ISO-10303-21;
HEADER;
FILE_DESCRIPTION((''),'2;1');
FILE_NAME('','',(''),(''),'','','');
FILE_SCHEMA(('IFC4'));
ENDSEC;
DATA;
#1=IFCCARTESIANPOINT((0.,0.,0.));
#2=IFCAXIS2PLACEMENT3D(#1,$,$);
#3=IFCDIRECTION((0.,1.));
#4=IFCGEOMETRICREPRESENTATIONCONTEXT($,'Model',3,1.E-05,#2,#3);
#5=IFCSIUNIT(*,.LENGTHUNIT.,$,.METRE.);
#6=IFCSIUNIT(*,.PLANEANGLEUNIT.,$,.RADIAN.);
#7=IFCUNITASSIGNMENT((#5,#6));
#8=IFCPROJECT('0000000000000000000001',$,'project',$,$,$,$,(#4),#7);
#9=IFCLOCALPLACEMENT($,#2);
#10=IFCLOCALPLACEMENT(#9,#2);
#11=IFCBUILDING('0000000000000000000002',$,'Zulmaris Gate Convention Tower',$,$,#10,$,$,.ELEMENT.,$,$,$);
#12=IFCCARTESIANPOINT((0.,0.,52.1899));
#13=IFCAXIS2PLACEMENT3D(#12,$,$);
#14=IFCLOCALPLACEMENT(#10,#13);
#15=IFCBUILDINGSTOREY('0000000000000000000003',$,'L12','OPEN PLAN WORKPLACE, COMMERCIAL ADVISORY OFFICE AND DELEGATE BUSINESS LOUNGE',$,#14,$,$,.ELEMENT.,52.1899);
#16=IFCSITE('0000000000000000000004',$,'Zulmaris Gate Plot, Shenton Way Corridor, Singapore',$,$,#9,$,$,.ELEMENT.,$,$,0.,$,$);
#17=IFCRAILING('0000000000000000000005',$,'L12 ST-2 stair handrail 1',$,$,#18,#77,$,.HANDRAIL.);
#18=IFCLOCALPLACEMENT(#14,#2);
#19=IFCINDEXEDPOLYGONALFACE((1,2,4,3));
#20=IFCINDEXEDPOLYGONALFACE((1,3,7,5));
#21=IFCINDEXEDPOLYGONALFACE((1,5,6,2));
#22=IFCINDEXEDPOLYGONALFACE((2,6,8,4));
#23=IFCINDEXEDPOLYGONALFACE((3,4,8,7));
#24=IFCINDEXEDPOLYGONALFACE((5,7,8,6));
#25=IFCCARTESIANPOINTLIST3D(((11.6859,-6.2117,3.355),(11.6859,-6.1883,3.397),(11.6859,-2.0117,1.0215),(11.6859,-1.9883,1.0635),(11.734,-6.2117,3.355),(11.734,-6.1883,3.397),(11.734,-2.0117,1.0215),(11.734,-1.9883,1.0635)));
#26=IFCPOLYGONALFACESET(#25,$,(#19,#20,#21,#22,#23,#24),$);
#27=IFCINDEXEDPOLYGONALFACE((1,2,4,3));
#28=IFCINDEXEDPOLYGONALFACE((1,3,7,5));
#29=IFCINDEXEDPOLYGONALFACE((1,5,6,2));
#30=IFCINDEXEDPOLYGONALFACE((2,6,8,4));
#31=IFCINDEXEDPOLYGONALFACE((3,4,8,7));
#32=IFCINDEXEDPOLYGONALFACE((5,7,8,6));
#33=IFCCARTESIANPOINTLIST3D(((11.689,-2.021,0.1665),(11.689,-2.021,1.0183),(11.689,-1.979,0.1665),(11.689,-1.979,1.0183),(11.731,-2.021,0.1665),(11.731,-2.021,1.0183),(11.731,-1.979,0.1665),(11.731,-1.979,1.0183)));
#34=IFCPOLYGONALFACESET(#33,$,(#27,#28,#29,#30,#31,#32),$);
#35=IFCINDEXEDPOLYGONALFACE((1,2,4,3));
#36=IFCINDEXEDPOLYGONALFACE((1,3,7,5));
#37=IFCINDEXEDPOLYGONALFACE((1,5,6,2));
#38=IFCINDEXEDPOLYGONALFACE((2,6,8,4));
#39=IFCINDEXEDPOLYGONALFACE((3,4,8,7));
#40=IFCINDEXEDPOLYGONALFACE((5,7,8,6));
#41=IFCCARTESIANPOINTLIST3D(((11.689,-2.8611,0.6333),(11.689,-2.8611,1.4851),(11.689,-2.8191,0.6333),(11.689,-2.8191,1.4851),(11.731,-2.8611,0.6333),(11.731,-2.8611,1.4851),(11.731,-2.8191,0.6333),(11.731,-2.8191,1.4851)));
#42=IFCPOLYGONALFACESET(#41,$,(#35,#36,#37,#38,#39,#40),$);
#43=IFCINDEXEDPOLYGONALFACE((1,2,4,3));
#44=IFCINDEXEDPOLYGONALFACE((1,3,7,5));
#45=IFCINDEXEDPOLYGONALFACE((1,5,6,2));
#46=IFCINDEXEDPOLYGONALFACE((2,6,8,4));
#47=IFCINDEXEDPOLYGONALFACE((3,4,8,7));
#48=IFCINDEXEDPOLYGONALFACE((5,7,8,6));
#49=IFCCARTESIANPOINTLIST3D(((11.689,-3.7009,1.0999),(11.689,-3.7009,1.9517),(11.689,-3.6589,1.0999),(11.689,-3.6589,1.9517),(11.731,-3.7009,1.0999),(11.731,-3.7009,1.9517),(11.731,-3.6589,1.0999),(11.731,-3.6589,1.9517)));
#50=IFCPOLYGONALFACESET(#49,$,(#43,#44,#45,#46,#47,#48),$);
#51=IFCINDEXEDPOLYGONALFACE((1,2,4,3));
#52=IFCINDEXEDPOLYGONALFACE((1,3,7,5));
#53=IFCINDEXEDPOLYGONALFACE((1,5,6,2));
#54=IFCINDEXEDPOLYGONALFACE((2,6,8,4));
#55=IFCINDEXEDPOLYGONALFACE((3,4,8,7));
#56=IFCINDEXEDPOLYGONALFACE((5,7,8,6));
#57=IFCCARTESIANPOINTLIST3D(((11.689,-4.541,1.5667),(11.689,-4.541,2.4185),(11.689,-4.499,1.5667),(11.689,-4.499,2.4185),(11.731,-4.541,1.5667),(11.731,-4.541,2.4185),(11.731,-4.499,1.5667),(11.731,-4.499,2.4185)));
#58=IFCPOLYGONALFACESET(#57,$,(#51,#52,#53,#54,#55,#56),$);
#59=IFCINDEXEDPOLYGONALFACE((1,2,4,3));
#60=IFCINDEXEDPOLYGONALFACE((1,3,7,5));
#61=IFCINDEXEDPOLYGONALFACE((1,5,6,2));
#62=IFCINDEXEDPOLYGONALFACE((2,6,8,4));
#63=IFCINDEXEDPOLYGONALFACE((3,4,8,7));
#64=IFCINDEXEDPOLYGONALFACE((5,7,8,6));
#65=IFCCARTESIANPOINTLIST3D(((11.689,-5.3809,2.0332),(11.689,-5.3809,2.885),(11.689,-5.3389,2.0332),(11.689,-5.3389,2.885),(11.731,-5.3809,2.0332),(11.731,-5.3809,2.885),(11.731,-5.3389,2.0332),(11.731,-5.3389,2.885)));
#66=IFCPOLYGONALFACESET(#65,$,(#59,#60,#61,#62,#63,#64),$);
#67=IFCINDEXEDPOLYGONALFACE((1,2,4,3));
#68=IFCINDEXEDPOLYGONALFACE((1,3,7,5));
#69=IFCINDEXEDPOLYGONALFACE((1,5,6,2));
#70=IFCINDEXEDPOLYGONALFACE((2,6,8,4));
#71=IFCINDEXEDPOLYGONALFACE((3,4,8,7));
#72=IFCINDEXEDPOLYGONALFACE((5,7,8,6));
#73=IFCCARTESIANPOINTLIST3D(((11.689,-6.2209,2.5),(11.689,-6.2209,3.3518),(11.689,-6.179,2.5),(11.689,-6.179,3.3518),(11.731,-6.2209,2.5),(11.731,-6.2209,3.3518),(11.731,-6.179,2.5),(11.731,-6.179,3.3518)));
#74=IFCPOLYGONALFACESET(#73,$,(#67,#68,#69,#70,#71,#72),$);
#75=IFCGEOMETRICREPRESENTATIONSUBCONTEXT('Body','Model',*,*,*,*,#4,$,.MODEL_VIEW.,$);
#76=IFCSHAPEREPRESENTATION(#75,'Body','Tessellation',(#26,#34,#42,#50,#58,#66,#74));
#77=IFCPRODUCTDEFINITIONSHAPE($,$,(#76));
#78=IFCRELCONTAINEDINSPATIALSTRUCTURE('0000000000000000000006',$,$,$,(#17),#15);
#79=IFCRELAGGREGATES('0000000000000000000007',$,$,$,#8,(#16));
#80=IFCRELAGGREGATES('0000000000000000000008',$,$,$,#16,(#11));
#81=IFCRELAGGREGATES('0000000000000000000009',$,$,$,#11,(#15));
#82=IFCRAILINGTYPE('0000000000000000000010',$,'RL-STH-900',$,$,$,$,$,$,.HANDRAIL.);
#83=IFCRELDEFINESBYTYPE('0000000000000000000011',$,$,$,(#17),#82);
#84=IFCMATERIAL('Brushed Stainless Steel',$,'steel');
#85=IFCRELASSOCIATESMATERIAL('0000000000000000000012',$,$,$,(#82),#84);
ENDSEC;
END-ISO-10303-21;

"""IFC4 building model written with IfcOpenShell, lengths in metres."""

from ifc_helpers import new_model, si_unit, direction, frame, origin, origin_2d, place, context, subcontext, project, spatial, rectangle, extrude, material, type_object, element, save


model = new_model("IFC4")

# Units and contexts
model_context = context("Model", 3, precision=1e-05, world=origin(), true_north=direction((0.0, 1.0)))
body_context = subcontext(model_context, "Body", "Model", "MODEL_VIEW")
ifc_project = project(units=[si_unit("LENGTHUNIT", "METRE"), si_unit("PLANEANGLEUNIT", "RADIAN")], contexts=[model_context])

# Site, building, storey
site_placement = place(None, origin())
site = spatial("IfcSite", under=ifc_project, at=site_placement, Name="Zulmaris Gate Plot, Shenton Way Corridor, Singapore", CompositionType="ELEMENT", RefElevation=0.0)
building_placement = place(site_placement, origin())
building = spatial("IfcBuilding", under=site, at=building_placement, Name="Zulmaris Gate Convention Tower", CompositionType="ELEMENT")
storey_placement = place(building_placement, frame((0.0, 0.0, 52.1899)))
storey = spatial("IfcBuildingStorey", under=building, at=storey_placement, Name="L12", Description="OPEN PLAN WORKPLACE, COMMERCIAL ADVISORY OFFICE AND DELEGATE BUSINESS LOUNGE", CompositionType="ELEMENT", Elevation=52.1899)

# Railing
ifc_material_1 = material(Name="Brushed Stainless Steel", Category="steel")
railing_type = type_object("IfcRailingType", Name="RL-STH-900", PredefinedType="HANDRAIL", material=ifc_material_1)
railing_placement = place(storey_placement, frame((11.71, -2.0, 0.1665)))
element("IfcRailing", 1, at=railing_placement, inside=storey, type_object=railing_type, Name="L12 ST-2 stair handrail 1", PredefinedType="HANDRAIL", context=body_context, shape_type="SweptSolid", body=[
    extrude(rectangle(XDim=0.0481, YDim=0.0481, at=origin_2d()), frame((0.0, 0.0, 0.876), z_axis=(0.0, -0.87414, 0.485673), x_axis=(1.0, 0.0, 0.0)), (0.0, 0.0, 1.0), 4.8047),
    extrude(rectangle(XDim=0.042, YDim=0.042, at=origin_2d()), origin(), (0.0, 0.0, 1.0), 0.8518),
    extrude(rectangle(XDim=0.042, YDim=0.042, at=origin_2d()), frame((0.0, -0.8401, 0.4668)), (0.0, 0.0, 1.0), 0.8518),
    extrude(rectangle(XDim=0.042, YDim=0.042, at=origin_2d()), frame((0.0, -1.6799, 0.9333)), (0.0, 0.0, 1.0), 0.8518),
    extrude(rectangle(XDim=0.042, YDim=0.042, at=origin_2d()), frame((0.0, -2.52, 1.4001)), (0.0, 0.0, 1.0), 0.8518),
    extrude(rectangle(XDim=0.042, YDim=0.042, at=origin_2d()), frame((0.0, -3.3599, 1.8667)), (0.0, 0.0, 1.0), 0.8518),
    extrude(rectangle(XDim=0.042, YDim=0.042, at=origin_2d()), frame((0.0, -4.2, 2.3335)), (0.0, 0.0, 1.0), 0.8518),
])

save(model, "model.ifc")
